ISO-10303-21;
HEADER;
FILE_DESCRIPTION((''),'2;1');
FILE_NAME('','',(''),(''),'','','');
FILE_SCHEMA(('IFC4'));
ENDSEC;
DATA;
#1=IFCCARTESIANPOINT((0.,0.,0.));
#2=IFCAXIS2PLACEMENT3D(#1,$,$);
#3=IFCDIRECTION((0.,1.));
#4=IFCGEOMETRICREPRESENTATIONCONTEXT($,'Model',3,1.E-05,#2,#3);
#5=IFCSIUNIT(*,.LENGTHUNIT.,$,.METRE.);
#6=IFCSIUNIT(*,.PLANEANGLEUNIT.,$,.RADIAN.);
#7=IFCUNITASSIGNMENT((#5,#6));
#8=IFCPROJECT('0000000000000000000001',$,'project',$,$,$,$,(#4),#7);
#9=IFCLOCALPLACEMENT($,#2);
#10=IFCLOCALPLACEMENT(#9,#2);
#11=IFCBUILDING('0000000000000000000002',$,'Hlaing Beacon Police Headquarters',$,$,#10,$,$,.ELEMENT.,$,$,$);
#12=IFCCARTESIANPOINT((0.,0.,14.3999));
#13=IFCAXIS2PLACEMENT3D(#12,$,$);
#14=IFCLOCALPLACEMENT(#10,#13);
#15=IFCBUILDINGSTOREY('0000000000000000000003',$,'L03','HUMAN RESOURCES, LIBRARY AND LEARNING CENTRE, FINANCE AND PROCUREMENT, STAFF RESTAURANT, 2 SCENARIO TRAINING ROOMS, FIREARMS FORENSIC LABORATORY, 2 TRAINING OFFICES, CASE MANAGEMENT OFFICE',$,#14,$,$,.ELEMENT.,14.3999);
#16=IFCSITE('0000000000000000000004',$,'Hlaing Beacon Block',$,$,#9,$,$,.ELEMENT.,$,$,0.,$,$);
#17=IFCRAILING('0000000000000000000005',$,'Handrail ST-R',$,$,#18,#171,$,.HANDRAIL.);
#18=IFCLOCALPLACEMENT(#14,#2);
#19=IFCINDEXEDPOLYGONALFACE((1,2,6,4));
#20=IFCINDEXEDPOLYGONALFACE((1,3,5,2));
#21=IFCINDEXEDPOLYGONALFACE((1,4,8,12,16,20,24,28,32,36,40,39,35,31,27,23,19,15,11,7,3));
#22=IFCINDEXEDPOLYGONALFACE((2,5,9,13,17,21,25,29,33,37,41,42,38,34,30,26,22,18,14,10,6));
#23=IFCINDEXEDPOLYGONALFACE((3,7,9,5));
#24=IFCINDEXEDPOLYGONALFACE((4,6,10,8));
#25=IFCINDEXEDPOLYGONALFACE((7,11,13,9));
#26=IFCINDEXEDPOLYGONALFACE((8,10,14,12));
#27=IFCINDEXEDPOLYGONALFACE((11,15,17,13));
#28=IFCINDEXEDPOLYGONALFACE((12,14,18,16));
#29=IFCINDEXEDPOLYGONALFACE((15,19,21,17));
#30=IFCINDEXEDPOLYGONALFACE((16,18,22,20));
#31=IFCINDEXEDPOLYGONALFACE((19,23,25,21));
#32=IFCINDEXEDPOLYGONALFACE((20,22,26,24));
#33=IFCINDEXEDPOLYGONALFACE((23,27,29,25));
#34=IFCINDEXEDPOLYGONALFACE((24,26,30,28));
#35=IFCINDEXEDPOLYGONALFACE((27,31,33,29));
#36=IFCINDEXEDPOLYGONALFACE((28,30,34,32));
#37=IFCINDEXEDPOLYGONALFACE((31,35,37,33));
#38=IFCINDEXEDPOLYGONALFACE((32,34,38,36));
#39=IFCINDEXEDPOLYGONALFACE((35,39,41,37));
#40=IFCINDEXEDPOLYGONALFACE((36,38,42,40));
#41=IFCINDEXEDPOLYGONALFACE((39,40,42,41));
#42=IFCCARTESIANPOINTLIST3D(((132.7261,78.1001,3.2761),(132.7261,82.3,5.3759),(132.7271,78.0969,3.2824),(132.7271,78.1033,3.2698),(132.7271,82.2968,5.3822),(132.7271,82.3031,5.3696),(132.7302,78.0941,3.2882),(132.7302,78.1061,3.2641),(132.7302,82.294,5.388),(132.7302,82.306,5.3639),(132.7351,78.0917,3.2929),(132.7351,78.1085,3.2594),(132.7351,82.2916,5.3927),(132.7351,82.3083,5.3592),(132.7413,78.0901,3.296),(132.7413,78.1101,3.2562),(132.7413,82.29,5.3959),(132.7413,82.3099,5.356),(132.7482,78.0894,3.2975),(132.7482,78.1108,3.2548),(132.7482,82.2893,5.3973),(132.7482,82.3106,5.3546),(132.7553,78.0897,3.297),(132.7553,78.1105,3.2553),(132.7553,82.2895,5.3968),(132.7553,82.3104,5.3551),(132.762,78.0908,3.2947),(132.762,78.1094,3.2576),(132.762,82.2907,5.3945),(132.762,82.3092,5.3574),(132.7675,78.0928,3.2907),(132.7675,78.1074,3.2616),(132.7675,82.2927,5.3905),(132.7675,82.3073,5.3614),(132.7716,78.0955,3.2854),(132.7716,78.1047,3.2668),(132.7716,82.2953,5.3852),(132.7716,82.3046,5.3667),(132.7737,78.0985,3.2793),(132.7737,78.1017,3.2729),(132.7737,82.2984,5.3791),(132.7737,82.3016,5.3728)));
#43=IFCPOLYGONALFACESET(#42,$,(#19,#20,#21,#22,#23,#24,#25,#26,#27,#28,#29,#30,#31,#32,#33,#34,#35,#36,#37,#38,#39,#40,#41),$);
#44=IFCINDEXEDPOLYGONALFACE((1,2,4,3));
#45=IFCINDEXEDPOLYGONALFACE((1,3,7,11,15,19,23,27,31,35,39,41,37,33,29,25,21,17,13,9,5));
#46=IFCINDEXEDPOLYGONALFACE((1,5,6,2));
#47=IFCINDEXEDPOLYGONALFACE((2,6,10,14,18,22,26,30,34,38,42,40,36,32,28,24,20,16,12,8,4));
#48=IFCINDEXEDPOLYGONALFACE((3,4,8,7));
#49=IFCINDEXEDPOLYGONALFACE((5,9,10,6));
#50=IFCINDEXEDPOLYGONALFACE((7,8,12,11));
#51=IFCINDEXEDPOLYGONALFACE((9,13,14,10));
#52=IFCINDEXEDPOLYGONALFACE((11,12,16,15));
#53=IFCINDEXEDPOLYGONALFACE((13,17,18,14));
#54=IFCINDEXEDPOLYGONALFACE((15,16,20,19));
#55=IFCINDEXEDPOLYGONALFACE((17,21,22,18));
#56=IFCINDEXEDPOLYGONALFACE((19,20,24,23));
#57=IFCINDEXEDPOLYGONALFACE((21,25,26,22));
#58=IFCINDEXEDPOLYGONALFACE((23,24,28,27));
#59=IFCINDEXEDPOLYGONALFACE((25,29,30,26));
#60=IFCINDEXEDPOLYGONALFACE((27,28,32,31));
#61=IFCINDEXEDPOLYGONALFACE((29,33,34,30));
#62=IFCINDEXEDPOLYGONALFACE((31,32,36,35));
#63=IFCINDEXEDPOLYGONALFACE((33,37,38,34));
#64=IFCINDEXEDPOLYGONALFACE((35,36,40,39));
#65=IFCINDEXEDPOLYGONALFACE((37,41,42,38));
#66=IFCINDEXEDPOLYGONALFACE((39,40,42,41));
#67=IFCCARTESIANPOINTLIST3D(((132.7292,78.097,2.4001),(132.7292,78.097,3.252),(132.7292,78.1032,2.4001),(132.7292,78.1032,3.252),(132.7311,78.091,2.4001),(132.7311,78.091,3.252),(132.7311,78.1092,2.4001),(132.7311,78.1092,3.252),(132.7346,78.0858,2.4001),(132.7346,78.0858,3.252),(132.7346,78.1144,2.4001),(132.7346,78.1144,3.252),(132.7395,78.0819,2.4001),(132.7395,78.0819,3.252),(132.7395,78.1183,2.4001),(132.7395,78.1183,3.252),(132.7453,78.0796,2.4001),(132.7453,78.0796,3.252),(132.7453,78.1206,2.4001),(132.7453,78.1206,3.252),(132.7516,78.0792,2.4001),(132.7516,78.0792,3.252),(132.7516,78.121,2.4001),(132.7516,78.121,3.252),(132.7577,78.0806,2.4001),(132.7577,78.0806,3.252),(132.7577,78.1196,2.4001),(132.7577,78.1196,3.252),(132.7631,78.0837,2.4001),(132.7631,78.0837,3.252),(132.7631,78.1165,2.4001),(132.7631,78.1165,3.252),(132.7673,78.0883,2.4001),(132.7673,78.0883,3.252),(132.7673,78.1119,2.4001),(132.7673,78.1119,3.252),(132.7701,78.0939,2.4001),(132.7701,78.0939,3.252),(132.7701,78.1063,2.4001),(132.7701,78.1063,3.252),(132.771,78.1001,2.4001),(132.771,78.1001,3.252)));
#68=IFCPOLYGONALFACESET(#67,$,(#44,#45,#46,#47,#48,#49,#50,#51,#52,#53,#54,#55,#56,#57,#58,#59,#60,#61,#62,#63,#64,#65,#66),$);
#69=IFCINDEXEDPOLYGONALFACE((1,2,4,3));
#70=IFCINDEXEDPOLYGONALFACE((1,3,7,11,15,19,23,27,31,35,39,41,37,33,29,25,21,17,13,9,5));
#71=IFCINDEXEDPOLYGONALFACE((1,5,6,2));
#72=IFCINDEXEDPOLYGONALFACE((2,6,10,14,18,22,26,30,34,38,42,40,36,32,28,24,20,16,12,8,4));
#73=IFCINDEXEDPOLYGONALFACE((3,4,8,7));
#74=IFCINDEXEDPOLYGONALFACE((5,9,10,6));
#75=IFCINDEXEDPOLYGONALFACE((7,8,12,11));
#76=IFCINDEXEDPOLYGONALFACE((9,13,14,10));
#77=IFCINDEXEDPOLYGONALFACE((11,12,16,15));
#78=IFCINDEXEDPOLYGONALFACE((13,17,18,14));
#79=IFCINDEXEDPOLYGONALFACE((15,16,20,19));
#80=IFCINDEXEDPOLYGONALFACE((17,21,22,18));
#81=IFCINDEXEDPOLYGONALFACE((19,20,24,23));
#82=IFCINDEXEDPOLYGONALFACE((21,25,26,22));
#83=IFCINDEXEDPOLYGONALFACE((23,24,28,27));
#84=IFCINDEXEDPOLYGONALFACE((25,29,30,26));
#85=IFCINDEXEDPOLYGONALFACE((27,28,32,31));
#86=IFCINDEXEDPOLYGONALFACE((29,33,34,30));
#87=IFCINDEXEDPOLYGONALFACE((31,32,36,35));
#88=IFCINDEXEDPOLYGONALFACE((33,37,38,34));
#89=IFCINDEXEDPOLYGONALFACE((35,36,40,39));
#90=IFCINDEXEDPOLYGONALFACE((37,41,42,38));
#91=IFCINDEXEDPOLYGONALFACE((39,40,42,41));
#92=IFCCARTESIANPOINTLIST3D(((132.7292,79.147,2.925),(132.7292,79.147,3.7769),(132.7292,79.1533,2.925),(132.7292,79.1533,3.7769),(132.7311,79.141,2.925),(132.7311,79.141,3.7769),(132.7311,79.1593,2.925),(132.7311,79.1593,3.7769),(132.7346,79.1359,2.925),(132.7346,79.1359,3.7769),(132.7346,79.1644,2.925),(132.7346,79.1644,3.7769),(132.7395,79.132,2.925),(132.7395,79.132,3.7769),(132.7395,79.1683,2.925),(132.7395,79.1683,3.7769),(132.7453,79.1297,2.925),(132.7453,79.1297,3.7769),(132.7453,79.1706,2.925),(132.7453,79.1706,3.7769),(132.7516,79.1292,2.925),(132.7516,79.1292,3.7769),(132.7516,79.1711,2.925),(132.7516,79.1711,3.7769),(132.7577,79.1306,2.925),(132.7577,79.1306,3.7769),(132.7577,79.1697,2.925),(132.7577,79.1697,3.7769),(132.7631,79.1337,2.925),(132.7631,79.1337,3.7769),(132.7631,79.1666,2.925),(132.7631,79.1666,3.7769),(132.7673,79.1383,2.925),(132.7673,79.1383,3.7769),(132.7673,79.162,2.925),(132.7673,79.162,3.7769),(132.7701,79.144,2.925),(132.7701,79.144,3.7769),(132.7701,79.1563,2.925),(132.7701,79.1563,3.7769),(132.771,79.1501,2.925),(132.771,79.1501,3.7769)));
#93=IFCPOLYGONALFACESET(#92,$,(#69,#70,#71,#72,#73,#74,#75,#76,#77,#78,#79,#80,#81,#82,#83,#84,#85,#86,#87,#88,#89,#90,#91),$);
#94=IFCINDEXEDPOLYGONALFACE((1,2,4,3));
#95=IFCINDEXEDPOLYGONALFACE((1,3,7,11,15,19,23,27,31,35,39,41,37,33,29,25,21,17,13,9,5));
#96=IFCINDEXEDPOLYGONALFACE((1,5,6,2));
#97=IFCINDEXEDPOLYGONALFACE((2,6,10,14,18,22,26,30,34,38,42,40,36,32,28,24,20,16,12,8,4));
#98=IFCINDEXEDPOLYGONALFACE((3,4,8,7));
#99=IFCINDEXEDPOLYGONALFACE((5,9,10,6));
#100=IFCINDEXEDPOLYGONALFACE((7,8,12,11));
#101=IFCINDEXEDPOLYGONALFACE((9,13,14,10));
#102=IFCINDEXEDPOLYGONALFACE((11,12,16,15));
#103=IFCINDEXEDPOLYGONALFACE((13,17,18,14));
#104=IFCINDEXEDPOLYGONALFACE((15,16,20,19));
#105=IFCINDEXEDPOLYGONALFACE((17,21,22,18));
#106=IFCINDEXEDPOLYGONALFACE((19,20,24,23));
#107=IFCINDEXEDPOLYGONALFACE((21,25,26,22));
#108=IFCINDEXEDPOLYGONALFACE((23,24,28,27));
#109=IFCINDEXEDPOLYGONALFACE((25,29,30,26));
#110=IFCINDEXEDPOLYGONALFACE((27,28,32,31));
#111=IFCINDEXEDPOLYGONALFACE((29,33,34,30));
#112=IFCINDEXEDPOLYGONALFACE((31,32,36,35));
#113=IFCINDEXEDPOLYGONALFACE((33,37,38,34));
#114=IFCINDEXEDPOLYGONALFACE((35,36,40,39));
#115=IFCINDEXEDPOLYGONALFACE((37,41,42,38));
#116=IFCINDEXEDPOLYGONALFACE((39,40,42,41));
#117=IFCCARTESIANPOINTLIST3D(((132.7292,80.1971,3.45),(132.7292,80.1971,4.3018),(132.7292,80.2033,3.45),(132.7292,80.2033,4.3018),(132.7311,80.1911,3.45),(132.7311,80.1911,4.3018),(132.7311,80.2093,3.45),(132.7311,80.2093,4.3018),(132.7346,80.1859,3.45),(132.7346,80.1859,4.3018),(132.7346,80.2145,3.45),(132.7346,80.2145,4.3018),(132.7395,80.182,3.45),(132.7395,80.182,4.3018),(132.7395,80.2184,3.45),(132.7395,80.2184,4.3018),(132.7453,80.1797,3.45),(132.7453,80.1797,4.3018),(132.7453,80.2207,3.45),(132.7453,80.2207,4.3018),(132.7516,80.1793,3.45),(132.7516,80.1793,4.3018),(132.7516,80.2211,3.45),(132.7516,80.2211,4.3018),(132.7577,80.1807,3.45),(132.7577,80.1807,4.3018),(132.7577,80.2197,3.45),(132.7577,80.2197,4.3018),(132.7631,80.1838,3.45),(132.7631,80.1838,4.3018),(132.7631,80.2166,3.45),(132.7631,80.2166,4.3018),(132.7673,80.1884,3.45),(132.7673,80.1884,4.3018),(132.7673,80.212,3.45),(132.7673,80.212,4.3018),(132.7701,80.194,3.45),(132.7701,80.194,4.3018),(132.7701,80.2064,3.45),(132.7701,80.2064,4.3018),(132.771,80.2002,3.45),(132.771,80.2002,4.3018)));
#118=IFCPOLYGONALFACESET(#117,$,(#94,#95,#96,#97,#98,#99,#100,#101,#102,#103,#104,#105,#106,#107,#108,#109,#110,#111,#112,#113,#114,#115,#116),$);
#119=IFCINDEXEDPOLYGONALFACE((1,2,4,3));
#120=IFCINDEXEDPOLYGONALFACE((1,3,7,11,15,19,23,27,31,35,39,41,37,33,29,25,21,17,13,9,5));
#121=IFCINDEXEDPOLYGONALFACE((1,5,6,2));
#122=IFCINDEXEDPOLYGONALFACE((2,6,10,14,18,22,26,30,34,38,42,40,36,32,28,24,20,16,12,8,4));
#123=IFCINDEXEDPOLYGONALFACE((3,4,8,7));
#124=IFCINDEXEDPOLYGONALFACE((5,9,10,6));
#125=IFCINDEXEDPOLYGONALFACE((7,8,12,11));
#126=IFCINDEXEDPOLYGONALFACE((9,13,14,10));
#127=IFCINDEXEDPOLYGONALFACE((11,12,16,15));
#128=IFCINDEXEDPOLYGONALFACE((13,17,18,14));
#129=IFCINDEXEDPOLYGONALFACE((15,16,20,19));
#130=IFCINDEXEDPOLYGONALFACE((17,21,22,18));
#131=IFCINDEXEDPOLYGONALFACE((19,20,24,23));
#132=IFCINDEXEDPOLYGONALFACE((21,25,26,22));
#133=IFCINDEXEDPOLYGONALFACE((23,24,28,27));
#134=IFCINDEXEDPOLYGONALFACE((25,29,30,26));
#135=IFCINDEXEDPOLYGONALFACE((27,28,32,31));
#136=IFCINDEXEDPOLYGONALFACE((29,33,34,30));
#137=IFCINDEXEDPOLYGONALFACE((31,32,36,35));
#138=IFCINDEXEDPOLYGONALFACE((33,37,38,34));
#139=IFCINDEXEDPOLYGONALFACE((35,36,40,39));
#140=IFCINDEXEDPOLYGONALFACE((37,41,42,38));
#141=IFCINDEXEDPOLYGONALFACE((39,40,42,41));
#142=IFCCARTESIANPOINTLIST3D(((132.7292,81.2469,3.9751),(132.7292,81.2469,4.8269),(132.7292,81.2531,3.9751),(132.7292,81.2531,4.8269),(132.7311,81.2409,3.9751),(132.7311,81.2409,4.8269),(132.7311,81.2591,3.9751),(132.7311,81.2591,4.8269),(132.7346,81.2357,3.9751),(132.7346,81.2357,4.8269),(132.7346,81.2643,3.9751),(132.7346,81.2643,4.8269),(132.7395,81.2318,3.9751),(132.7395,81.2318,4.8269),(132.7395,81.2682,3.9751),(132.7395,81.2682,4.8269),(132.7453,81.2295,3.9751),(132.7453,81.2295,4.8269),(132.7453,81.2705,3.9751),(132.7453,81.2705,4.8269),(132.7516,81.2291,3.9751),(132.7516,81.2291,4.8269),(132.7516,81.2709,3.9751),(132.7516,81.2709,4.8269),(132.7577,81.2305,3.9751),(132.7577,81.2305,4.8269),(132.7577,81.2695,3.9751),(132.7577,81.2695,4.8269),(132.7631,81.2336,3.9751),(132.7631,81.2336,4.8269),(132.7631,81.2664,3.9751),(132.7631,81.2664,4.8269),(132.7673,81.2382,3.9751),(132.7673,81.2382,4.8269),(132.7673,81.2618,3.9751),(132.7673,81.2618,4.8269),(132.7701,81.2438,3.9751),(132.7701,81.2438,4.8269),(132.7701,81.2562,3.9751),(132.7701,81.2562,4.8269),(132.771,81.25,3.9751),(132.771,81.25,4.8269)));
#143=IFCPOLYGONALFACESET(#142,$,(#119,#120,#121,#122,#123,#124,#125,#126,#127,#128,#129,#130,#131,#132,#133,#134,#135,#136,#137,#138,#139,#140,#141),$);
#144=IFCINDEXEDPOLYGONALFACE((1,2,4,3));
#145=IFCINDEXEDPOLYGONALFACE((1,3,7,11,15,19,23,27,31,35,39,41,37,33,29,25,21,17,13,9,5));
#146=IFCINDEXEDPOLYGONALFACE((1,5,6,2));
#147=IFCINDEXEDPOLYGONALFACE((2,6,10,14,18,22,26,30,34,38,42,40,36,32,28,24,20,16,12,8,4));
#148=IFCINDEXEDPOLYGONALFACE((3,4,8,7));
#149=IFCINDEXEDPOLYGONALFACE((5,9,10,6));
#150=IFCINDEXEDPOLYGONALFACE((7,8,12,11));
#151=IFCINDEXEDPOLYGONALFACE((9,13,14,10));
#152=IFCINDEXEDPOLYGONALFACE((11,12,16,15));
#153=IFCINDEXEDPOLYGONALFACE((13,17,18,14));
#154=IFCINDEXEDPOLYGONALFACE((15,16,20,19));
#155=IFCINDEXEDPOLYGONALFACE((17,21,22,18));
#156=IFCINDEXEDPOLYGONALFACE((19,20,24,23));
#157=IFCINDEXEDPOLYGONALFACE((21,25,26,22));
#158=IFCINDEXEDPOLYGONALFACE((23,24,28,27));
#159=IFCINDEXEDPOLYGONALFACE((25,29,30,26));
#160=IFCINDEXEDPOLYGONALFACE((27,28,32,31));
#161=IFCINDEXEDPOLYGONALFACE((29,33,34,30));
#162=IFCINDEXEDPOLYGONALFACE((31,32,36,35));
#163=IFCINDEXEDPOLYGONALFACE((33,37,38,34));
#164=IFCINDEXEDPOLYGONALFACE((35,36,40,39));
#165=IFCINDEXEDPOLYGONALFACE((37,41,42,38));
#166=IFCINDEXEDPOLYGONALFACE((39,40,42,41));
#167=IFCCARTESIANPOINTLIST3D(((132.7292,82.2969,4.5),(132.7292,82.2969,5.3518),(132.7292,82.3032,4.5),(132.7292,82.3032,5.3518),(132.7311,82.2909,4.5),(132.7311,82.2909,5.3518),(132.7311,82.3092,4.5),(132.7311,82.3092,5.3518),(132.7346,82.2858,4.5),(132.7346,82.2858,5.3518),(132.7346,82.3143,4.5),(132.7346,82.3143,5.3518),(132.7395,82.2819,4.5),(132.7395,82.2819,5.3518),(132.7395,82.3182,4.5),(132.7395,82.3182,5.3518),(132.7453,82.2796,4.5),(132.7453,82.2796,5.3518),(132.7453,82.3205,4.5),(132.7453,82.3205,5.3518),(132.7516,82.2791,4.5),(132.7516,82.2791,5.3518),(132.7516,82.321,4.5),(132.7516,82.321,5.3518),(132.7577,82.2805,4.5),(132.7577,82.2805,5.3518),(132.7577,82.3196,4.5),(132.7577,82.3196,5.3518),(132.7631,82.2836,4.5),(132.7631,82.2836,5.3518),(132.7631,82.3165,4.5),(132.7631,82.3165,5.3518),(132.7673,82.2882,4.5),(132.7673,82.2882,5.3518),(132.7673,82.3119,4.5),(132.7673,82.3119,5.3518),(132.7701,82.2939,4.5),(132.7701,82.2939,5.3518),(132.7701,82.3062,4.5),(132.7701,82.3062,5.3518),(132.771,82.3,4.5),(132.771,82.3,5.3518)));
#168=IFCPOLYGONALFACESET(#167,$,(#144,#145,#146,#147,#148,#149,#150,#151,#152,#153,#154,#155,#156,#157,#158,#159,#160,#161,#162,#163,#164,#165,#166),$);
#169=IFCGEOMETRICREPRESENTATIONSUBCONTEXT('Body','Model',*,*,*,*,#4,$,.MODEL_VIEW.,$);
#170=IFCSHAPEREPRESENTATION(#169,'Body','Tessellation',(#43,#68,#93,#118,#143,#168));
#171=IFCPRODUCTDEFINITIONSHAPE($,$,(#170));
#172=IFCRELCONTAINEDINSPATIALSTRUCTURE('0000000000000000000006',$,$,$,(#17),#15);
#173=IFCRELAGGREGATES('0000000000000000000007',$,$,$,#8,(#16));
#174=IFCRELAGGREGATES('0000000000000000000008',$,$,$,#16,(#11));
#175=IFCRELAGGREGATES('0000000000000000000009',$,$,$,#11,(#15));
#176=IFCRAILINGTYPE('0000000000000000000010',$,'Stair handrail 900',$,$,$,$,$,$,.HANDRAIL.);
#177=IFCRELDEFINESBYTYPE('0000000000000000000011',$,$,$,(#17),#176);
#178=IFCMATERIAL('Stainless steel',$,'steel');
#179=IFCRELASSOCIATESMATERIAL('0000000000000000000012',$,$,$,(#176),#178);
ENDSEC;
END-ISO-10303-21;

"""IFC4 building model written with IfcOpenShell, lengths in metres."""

from ifc_helpers import new_model, si_unit, direction, frame, origin, origin_2d, place, context, subcontext, project, spatial, circle, extrude, material, type_object, element, save


model = new_model("IFC4")

# Units and contexts
model_context = context("Model", 3, precision=1e-05, world=origin(), true_north=direction((0.0, 1.0)))
body_context = subcontext(model_context, "Body", "Model", "MODEL_VIEW")
ifc_project = project(units=[si_unit("LENGTHUNIT", "METRE"), si_unit("PLANEANGLEUNIT", "RADIAN")], contexts=[model_context])

# Site, building, storey
site_placement = place(None, origin())
site = spatial("IfcSite", under=ifc_project, at=site_placement, Name="Hlaing Beacon Block", CompositionType="ELEMENT", RefElevation=0.0)
building_placement = place(site_placement, origin())
building = spatial("IfcBuilding", under=site, at=building_placement, Name="Hlaing Beacon Police Headquarters", CompositionType="ELEMENT")
storey_placement = place(building_placement, frame((0.0, 0.0, 14.3999)))
storey = spatial("IfcBuildingStorey", under=building, at=storey_placement, Name="L03", Description="HUMAN RESOURCES, LIBRARY AND LEARNING CENTRE, FINANCE AND PROCUREMENT, STAFF RESTAURANT, 2 SCENARIO TRAINING ROOMS, FIREARMS FORENSIC LABORATORY, 2 TRAINING OFFICES, CASE MANAGEMENT OFFICE", CompositionType="ELEMENT", Elevation=14.3999)

# Railing
ifc_material_1 = material(Name="Stainless steel", Category="steel")
railing_type = type_object("IfcRailingType", Name="Stair handrail 900", PredefinedType="HANDRAIL", material=ifc_material_1)
for number, where, name in (
    (1, (132.75, 78.1001, 2.4001), "Handrail ST-R"),
):
    element("IfcRailing", number, at=place(storey_placement, frame(where)), inside=storey, type_object=railing_type, Name=name, PredefinedType="HANDRAIL", context=body_context, shape_type="SweptSolid", body=[
        extrude(circle(Radius=0.0239, at=origin_2d()), frame((0.0, 0.0, 0.876), z_axis=(0.0, 0.894438, 0.447193), x_axis=(-1.0, 0.0, 0.0)), (0.0, 0.0, 1.0), 4.6956),
        extrude(circle(Radius=0.021, at=origin_2d()), origin(), (0.0, 0.0, 1.0), 0.8518),
        extrude(circle(Radius=0.021, at=origin_2d()), frame((0.0, 1.05, 0.5249)), (0.0, 0.0, 1.0), 0.8518),
        extrude(circle(Radius=0.021, at=origin_2d()), frame((0.0, 2.1001, 1.0498)), (0.0, 0.0, 1.0), 0.8518),
        extrude(circle(Radius=0.021, at=origin_2d()), frame((0.0, 3.1499, 1.575)), (0.0, 0.0, 1.0), 0.8518),
        extrude(circle(Radius=0.021, at=origin_2d()), frame((0.0, 4.2, 2.0999)), (0.0, 0.0, 1.0), 0.8518),
    ])

save(model, "model.ifc")
